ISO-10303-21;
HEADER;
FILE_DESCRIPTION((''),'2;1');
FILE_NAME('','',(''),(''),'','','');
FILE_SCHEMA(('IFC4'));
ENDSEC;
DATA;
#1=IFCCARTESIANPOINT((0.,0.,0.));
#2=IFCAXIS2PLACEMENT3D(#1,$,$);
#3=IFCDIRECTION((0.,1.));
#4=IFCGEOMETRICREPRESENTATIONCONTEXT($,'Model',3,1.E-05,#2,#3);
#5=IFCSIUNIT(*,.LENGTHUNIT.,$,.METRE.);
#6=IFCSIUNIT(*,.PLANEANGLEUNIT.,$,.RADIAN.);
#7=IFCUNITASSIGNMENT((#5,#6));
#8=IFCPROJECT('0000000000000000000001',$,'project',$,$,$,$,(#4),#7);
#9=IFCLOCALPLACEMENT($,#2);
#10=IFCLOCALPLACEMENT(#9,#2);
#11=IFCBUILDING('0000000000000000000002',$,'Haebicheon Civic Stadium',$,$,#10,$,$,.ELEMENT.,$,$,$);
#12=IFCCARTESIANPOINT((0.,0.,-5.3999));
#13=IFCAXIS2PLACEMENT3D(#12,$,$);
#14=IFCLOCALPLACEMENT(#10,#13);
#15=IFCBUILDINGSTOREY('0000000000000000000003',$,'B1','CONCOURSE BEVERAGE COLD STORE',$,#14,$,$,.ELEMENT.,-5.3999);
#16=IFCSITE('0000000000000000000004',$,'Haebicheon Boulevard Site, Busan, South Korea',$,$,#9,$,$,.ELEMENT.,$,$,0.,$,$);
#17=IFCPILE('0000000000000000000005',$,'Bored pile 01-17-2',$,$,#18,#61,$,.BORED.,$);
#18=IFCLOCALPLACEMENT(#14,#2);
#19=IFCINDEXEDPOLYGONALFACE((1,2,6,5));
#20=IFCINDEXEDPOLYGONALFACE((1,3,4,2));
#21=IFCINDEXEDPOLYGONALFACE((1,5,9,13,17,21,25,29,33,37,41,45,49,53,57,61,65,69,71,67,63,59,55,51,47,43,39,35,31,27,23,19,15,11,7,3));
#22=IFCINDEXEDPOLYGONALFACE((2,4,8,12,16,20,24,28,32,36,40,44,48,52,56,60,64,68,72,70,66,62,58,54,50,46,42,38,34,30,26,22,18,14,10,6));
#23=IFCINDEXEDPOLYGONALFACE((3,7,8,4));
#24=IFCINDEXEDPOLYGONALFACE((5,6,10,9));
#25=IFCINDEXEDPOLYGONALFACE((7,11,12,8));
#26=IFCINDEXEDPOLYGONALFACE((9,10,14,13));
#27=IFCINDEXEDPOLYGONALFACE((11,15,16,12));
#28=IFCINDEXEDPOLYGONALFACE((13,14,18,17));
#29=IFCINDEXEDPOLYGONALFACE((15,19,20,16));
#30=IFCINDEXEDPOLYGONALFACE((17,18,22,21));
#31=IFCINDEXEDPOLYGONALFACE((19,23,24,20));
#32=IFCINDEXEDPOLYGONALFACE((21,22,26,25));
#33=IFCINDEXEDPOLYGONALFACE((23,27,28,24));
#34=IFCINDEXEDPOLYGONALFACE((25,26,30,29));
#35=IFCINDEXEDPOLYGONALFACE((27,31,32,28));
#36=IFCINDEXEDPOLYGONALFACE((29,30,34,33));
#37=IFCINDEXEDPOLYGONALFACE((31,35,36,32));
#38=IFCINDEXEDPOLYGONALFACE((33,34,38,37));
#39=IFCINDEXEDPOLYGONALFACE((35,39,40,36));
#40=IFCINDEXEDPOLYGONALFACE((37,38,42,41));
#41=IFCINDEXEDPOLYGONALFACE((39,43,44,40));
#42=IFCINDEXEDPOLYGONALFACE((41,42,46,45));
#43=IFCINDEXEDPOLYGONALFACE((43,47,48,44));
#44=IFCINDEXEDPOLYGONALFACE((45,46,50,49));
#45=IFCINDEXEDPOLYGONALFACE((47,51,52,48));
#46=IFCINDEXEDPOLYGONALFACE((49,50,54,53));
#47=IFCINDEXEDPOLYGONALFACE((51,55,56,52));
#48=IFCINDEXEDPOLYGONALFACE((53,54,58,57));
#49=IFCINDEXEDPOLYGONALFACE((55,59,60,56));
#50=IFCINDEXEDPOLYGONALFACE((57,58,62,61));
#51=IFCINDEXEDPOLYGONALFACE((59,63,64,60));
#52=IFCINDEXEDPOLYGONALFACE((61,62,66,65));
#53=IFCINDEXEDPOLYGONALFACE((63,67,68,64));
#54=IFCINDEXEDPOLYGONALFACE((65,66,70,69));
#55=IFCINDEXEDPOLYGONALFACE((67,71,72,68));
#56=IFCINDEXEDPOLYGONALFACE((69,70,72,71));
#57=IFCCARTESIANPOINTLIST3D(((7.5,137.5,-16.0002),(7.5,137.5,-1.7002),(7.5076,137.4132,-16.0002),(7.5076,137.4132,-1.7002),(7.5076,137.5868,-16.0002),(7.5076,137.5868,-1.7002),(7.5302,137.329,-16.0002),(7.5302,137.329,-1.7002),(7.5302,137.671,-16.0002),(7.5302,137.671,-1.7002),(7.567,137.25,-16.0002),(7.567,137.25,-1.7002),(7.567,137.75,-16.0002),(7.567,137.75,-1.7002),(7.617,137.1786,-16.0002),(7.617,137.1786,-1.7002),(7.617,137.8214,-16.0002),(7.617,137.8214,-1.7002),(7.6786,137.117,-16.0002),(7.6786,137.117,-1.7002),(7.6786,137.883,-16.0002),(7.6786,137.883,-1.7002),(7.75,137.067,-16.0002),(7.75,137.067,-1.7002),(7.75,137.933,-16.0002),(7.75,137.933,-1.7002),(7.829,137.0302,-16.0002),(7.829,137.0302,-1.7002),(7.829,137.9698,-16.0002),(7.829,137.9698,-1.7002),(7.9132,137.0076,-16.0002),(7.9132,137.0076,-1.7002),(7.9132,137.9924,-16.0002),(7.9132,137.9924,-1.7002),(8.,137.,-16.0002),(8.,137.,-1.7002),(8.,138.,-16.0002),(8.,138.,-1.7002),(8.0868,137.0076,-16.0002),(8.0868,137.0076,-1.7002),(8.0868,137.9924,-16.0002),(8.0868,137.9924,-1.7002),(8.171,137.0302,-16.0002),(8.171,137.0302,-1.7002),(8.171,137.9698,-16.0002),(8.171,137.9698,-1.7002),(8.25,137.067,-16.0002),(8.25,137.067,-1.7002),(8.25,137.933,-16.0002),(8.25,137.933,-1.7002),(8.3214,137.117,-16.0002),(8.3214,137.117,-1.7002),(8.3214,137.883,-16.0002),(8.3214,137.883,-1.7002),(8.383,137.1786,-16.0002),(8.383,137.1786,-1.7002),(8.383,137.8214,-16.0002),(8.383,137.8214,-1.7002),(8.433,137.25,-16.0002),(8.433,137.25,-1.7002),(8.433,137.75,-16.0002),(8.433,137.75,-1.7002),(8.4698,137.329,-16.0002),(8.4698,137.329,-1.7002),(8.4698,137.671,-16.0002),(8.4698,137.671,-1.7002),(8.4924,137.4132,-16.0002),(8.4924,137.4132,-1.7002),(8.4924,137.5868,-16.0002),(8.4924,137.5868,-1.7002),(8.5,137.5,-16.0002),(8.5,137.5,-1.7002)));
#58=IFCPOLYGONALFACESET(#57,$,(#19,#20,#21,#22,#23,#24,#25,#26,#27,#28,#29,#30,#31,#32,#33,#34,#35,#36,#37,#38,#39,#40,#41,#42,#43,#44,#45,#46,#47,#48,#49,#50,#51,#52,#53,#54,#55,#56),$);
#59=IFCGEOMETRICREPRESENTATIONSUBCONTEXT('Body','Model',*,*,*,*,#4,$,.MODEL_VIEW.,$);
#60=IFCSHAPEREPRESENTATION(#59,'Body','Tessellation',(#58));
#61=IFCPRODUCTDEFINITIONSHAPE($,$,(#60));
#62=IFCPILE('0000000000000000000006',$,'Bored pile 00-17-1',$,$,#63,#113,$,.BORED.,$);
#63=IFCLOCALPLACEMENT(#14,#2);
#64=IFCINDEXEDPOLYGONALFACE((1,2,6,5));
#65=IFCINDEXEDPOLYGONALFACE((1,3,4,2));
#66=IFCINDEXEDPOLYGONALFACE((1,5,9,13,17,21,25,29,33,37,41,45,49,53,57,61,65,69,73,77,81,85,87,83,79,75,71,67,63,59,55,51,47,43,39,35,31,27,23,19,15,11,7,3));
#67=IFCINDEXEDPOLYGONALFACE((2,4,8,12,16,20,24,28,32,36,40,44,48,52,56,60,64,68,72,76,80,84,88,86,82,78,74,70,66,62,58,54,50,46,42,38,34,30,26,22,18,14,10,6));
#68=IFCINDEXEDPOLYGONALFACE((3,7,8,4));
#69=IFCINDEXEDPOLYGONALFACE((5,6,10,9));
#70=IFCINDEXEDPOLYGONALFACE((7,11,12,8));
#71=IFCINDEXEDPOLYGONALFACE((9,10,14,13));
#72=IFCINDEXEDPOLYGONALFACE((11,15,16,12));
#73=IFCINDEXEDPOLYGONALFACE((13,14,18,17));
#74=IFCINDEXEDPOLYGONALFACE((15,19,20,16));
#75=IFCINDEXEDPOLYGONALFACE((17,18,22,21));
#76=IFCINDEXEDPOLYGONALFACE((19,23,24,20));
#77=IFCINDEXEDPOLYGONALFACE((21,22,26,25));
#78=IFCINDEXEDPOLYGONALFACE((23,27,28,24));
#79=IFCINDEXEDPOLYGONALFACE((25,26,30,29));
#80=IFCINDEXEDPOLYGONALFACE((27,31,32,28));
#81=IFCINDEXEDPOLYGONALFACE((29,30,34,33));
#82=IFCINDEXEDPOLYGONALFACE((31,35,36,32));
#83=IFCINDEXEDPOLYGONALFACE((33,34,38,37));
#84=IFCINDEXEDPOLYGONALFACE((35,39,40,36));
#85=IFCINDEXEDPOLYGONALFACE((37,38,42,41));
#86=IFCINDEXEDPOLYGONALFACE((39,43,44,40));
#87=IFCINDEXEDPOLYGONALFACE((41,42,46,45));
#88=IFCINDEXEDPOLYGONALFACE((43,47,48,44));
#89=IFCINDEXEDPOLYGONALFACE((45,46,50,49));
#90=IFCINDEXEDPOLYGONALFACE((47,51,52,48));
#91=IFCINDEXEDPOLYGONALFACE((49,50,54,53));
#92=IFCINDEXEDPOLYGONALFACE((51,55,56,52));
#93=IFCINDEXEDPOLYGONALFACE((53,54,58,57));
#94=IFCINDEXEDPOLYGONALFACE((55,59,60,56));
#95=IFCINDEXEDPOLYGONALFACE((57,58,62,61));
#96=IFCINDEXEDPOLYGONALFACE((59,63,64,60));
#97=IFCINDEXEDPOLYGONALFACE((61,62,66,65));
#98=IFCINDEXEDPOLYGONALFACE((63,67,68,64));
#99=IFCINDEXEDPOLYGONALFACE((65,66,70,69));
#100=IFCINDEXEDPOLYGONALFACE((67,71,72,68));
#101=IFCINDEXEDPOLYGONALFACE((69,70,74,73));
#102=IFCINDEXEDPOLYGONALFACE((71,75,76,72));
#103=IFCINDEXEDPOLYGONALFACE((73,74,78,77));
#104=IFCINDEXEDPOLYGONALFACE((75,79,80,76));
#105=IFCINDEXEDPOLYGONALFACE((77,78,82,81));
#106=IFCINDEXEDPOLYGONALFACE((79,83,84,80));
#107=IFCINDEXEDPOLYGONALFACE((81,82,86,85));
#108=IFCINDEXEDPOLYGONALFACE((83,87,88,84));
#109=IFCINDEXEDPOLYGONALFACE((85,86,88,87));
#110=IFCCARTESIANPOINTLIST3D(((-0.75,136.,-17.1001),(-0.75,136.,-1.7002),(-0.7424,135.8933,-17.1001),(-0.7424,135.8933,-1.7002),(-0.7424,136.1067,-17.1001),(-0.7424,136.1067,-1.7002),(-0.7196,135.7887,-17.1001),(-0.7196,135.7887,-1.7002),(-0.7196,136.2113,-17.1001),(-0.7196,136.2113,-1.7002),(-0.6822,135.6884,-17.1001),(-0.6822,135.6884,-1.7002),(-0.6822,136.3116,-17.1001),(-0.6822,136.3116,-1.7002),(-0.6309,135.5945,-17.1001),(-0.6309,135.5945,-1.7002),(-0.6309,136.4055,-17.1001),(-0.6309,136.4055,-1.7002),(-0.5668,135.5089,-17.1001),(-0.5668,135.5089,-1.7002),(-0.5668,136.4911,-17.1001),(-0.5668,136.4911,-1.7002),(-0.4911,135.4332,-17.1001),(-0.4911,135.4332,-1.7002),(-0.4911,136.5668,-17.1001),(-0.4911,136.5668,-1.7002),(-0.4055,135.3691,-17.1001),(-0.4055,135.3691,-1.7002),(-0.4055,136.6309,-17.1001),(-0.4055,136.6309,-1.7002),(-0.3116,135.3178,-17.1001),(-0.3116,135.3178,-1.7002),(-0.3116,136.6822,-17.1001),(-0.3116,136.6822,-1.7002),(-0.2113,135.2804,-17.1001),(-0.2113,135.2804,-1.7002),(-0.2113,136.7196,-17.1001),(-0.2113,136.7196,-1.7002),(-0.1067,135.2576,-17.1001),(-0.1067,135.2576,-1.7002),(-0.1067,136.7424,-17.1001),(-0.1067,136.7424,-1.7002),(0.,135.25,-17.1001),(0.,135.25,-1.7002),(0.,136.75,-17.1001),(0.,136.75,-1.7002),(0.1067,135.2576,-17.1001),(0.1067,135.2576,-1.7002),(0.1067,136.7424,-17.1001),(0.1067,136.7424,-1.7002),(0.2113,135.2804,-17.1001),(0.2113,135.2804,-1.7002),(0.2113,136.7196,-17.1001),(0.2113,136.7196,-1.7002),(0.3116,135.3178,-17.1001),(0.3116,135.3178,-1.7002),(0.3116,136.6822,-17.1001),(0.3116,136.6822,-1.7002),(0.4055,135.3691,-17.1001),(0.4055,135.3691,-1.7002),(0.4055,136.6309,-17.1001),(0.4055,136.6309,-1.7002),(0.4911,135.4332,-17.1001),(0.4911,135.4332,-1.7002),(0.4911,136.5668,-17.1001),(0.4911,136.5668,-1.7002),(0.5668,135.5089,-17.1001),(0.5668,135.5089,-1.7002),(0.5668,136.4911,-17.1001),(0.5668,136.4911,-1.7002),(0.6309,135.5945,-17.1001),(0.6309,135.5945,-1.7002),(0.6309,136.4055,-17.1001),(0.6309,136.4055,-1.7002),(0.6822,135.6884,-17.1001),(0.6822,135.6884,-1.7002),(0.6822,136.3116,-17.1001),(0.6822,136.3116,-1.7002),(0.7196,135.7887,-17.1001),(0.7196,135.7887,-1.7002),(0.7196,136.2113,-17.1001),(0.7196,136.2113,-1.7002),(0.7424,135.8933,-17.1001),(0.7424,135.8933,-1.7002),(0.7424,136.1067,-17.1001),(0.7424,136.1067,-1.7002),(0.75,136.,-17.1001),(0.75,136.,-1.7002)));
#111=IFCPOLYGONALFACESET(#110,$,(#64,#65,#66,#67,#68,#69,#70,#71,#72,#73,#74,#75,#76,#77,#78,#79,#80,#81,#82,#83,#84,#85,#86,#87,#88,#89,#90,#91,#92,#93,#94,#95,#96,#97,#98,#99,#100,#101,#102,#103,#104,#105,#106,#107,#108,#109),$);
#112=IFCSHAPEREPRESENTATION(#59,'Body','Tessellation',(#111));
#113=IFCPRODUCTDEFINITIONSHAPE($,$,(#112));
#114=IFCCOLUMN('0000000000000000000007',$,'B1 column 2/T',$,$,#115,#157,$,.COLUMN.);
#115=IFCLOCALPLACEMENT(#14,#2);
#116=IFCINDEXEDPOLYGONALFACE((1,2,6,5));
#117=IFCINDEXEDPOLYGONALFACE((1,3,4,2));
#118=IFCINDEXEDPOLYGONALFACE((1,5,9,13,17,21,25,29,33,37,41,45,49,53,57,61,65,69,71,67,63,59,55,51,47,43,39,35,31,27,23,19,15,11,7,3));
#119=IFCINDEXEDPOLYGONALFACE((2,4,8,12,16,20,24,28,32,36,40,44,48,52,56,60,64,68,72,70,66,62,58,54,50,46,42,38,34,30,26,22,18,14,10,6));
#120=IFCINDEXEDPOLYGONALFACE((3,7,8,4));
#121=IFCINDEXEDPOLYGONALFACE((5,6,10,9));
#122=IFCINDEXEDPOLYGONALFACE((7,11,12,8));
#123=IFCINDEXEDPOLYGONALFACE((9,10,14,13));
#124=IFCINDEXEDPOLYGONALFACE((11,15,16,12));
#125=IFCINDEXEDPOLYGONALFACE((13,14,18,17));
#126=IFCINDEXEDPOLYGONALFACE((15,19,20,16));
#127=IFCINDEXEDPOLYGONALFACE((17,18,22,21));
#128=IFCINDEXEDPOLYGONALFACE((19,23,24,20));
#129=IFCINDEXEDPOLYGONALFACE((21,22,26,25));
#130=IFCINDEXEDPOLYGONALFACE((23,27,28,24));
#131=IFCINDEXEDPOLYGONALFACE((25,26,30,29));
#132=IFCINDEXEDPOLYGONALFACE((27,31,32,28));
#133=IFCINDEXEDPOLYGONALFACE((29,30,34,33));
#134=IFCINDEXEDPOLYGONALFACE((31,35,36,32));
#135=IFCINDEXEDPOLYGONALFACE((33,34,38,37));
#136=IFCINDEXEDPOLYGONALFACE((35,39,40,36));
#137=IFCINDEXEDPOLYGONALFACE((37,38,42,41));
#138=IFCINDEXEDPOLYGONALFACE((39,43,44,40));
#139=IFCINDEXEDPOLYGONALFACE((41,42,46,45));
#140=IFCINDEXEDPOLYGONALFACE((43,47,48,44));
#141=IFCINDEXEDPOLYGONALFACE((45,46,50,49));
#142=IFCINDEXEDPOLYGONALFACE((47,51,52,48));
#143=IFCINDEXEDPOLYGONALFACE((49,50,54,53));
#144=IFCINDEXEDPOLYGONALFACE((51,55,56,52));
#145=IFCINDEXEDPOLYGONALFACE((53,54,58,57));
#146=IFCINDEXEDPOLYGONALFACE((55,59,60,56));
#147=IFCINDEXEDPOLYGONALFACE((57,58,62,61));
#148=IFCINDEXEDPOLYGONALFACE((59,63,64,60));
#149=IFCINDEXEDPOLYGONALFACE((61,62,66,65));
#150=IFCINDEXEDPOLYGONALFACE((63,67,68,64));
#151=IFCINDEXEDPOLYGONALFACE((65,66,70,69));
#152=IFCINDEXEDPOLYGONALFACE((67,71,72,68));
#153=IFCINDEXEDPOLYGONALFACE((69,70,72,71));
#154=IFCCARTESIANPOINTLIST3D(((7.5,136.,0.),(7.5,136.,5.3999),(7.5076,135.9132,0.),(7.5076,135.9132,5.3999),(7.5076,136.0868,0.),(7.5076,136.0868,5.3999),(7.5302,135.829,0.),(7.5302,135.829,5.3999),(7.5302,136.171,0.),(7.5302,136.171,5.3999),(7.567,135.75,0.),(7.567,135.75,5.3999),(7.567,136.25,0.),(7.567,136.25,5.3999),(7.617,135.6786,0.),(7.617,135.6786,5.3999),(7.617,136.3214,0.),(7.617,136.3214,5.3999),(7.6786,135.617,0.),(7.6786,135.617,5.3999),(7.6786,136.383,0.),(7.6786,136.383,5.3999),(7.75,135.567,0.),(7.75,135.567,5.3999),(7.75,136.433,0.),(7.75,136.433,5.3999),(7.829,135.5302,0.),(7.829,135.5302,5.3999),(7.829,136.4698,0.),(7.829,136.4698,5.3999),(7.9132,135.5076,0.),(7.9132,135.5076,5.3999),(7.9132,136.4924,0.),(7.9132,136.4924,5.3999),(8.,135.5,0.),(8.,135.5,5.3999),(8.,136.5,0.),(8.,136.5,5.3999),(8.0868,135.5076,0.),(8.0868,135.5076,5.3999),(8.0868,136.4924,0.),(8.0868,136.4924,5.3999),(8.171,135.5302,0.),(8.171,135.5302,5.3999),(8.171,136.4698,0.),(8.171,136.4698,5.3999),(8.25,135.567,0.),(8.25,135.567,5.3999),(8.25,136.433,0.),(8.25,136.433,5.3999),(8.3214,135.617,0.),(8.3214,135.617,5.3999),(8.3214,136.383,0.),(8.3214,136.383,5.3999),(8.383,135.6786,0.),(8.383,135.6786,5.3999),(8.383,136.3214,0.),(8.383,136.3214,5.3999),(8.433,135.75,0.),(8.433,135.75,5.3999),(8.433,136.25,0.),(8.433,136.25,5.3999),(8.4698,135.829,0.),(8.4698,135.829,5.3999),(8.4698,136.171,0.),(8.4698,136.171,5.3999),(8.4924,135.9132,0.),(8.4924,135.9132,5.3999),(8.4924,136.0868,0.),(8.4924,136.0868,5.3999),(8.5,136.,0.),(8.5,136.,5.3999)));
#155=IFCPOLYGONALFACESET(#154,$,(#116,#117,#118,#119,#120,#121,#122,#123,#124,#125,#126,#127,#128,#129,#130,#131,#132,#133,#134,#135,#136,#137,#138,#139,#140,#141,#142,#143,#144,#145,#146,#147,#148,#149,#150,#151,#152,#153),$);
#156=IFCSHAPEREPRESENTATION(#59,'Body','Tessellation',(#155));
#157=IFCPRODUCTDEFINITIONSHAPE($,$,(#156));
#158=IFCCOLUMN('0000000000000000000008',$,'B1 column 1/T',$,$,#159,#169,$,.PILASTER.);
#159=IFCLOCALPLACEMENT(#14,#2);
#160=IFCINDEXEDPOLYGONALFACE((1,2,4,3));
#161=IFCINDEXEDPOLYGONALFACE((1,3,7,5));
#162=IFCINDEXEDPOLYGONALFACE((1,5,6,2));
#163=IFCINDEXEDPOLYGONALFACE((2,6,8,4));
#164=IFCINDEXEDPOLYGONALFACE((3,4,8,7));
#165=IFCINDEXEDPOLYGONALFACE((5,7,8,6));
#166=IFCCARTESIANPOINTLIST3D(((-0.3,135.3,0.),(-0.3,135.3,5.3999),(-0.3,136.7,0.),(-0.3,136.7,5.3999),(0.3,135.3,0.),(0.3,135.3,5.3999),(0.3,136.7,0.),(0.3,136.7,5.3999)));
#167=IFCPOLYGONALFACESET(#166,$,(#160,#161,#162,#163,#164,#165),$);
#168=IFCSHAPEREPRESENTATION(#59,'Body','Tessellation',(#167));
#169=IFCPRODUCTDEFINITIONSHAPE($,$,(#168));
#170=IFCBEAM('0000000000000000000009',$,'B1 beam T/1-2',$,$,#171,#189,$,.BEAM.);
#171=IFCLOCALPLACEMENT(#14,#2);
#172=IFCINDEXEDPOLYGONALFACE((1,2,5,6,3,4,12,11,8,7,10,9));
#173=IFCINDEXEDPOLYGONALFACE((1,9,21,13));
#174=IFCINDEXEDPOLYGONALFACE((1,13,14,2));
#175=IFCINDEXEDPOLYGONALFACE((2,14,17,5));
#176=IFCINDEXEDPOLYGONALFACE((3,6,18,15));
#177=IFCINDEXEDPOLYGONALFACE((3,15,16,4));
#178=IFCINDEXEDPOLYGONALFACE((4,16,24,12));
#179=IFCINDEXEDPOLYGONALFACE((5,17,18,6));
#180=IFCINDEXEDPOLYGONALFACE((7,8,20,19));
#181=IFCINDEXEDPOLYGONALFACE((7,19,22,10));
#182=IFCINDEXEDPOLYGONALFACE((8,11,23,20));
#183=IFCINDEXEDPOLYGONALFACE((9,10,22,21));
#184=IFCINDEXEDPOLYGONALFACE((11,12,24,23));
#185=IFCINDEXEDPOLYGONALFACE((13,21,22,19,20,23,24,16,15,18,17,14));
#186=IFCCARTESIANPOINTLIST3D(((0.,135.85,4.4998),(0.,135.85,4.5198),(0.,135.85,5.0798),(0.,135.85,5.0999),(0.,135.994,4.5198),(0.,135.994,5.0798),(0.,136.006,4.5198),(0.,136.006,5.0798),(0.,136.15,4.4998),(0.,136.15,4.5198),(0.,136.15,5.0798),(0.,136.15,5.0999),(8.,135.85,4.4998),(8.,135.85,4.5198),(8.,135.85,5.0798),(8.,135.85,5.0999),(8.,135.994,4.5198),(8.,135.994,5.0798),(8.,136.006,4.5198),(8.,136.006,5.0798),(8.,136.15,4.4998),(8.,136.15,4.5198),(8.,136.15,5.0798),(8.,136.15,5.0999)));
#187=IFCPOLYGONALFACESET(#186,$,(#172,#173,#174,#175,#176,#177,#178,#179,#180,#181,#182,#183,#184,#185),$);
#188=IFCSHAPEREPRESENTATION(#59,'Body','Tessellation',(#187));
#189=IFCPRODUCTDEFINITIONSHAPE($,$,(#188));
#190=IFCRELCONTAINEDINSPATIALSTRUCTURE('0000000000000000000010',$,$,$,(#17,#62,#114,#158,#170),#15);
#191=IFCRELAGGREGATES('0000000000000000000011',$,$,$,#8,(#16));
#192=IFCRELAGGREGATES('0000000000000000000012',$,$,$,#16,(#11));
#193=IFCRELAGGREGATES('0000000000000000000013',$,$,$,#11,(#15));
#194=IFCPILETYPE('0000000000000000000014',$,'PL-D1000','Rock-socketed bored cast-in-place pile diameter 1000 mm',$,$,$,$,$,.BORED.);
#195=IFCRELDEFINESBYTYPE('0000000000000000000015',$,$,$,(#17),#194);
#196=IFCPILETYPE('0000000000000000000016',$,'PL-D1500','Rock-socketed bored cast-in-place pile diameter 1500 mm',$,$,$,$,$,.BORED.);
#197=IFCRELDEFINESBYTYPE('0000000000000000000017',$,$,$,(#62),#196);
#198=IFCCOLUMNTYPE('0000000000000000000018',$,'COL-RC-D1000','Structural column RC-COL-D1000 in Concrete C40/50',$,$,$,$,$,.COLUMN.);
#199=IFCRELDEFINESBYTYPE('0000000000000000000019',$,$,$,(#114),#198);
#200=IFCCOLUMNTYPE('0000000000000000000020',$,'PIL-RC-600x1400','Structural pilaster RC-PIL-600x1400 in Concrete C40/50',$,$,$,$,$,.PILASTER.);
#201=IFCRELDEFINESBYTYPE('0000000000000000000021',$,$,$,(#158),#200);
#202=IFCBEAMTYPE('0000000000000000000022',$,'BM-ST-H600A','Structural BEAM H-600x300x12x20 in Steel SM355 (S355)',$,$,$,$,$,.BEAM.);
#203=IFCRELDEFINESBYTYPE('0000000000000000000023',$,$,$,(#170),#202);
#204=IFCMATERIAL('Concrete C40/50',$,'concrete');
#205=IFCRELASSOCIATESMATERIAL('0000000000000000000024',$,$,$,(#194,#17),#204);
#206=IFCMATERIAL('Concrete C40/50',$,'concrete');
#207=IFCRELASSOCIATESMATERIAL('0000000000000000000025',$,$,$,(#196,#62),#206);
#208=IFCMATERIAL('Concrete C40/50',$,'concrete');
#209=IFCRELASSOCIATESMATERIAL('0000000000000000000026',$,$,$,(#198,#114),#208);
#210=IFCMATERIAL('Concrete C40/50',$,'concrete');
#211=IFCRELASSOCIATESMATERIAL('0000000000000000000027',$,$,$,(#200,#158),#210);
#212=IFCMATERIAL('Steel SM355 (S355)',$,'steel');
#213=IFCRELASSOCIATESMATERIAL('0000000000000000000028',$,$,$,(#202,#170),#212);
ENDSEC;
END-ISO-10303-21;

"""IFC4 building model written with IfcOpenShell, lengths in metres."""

from ifc_helpers import new_model, si_unit, direction, frame, origin, origin_2d, place, context, subcontext, project, spatial, rectangle, circle, i_section, extrude, material, material_profile, profile_set, type_object, element, save


model = new_model("IFC4")

# Units and contexts
model_context = context("Model", 3, precision=1e-05, world=origin(), true_north=direction((0.0, 1.0)))
body_context = subcontext(model_context, "Body", "Model", "MODEL_VIEW")
ifc_project = project(units=[si_unit("LENGTHUNIT", "METRE"), si_unit("PLANEANGLEUNIT", "RADIAN")], contexts=[model_context])

# Site, building, storey
site_placement = place(None, origin())
site = spatial("IfcSite", under=ifc_project, at=site_placement, Name="Haebicheon Boulevard Site, Busan, South Korea", CompositionType="ELEMENT", RefElevation=0.0)
building_placement = place(site_placement, origin())
building = spatial("IfcBuilding", under=site, at=building_placement, Name="Haebicheon Civic Stadium", CompositionType="ELEMENT")
storey_placement = place(building_placement, frame((0.0, 0.0, -5.3999)))
storey = spatial("IfcBuildingStorey", under=building, at=storey_placement, Name="B1", Description="CONCOURSE BEVERAGE COLD STORE", CompositionType="ELEMENT", Elevation=-5.3999)

# Piles
ifc_material_1 = material(Name="Concrete C40/50", Category="concrete")
ifc_material_profile_1 = material_profile(ifc_material_1, circle(Radius=0.5, at=origin_2d()), Name="PILE-D1000")
ifc_profile_set_1 = profile_set([ifc_material_profile_1], Name="Concrete C40/50")
pile_type_1 = type_object("IfcPileType", Name="PL-D1000", Description="Rock-socketed bored cast-in-place pile diameter 1000 mm", PredefinedType="BORED", material=ifc_profile_set_1)
for number, where, z_axis, x_axis, name in (
    (1, (8.0, 137.5, -1.7002), (0.0, 0.0, -1.0), (1.0, 0.0, 0.0), "Bored pile 01-17-2"),
):
    element("IfcPile", number, at=place(storey_placement, frame(where, z_axis=z_axis, x_axis=x_axis)), inside=storey, type_object=pile_type_1, material=ifc_profile_set_1, Name=name, PredefinedType="BORED", context=body_context, shape_type="SweptSolid", body=[
        extrude(circle(Radius=0.5, at=origin_2d()), origin(), (0.0, 0.0, 1.0), 14.3),
    ])
ifc_material_2 = material(Name="Concrete C40/50", Category="concrete")
ifc_material_profile_2 = material_profile(ifc_material_2, circle(Radius=0.75, at=origin_2d()), Name="PILE-D1500")
ifc_profile_set_2 = profile_set([ifc_material_profile_2], Name="Concrete C40/50")
pile_type_2 = type_object("IfcPileType", Name="PL-D1500", Description="Rock-socketed bored cast-in-place pile diameter 1500 mm", PredefinedType="BORED", material=ifc_profile_set_2)
pile_placement = place(storey_placement, frame((0.0, 136.0, -1.7002), z_axis=(0.0, 0.0, -1.0), x_axis=(1.0, 0.0, 0.0)))
element("IfcPile", 2, at=pile_placement, inside=storey, type_object=pile_type_2, material=ifc_profile_set_2, Name="Bored pile 00-17-1", PredefinedType="BORED", context=body_context, shape_type="SweptSolid", body=[
    extrude(circle(Radius=0.75, at=origin_2d()), origin(), (0.0, 0.0, 1.0), 15.3999),
])

# Columns
ifc_material_3 = material(Name="Concrete C40/50", Category="concrete")
ifc_material_profile_3 = material_profile(ifc_material_3, circle(Radius=0.5, at=origin_2d()), Name="RC-COL-D1000")
ifc_profile_set_3 = profile_set([ifc_material_profile_3], Name="Concrete C40/50")
column_type_1 = type_object("IfcColumnType", Name="COL-RC-D1000", Description="Structural column RC-COL-D1000 in Concrete C40/50", PredefinedType="COLUMN", material=ifc_profile_set_3)
column_1_placement = place(storey_placement, frame((8.0, 136.0, 0.0), z_axis=(0.0, 0.0, 1.0), x_axis=(1.0, 0.0, 0.0)))
element("IfcColumn", 3, at=column_1_placement, inside=storey, type_object=column_type_1, material=ifc_profile_set_3, Name="B1 column 2/T", PredefinedType="COLUMN", context=body_context, shape_type="SweptSolid", body=[
    extrude(circle(Radius=0.5, at=origin_2d()), origin(), (0.0, 0.0, 1.0), 5.3999),
])
ifc_material_4 = material(Name="Concrete C40/50", Category="concrete")
ifc_material_profile_4 = material_profile(ifc_material_4, rectangle(XDim=0.6001, YDim=1.3999, at=origin_2d()), Name="RC-PIL-600x1400")
ifc_profile_set_4 = profile_set([ifc_material_profile_4], Name="Concrete C40/50")
column_type_2 = type_object("IfcColumnType", Name="PIL-RC-600x1400", Description="Structural pilaster RC-PIL-600x1400 in Concrete C40/50", PredefinedType="PILASTER", material=ifc_profile_set_4)
column_2_placement = place(storey_placement, frame((0.0, 136.0, 0.0), z_axis=(0.0, 0.0, 1.0), x_axis=(1.0, 0.0, 0.0)))
element("IfcColumn", 4, at=column_2_placement, inside=storey, type_object=column_type_2, material=ifc_profile_set_4, Name="B1 column 1/T", PredefinedType="PILASTER", context=body_context, shape_type="SweptSolid", body=[
    extrude(rectangle(XDim=0.6001, YDim=1.3999, at=origin_2d()), origin(), (0.0, 0.0, 1.0), 5.3999),
])

# Beam
ifc_material_5 = material(Name="Steel SM355 (S355)", Category="steel")
ifc_material_profile_5 = material_profile(ifc_material_5, i_section(OverallWidth=0.3, OverallDepth=0.6001, WebThickness=0.012, FlangeThickness=0.02, at=origin_2d()), Name="H-600x300x12x20")
ifc_profile_set_5 = profile_set([ifc_material_profile_5], Name="Steel SM355 (S355)")
beam_type_1 = type_object("IfcBeamType", Name="BM-ST-H600A", Description="Structural BEAM H-600x300x12x20 in Steel SM355 (S355)", PredefinedType="BEAM", material=ifc_profile_set_5)
for number, where, z_axis, x_axis, name in (
    (5, (0.0, 136.0, 4.7998), (1.0, 0.0, 0.0), (0.0, 1.0, 0.0), "B1 beam T/1-2"),
):
    element("IfcBeam", number, at=place(storey_placement, frame(where, z_axis=z_axis, x_axis=x_axis)), inside=storey, type_object=beam_type_1, material=ifc_profile_set_5, Name=name, PredefinedType="BEAM", context=body_context, shape_type="SweptSolid", body=[
        extrude(i_section(OverallWidth=0.3, OverallDepth=0.6001, WebThickness=0.012, FlangeThickness=0.02, at=origin_2d()), origin(), (0.0, 0.0, 1.0), 8.0),
    ])

save(model, "model.ifc")
